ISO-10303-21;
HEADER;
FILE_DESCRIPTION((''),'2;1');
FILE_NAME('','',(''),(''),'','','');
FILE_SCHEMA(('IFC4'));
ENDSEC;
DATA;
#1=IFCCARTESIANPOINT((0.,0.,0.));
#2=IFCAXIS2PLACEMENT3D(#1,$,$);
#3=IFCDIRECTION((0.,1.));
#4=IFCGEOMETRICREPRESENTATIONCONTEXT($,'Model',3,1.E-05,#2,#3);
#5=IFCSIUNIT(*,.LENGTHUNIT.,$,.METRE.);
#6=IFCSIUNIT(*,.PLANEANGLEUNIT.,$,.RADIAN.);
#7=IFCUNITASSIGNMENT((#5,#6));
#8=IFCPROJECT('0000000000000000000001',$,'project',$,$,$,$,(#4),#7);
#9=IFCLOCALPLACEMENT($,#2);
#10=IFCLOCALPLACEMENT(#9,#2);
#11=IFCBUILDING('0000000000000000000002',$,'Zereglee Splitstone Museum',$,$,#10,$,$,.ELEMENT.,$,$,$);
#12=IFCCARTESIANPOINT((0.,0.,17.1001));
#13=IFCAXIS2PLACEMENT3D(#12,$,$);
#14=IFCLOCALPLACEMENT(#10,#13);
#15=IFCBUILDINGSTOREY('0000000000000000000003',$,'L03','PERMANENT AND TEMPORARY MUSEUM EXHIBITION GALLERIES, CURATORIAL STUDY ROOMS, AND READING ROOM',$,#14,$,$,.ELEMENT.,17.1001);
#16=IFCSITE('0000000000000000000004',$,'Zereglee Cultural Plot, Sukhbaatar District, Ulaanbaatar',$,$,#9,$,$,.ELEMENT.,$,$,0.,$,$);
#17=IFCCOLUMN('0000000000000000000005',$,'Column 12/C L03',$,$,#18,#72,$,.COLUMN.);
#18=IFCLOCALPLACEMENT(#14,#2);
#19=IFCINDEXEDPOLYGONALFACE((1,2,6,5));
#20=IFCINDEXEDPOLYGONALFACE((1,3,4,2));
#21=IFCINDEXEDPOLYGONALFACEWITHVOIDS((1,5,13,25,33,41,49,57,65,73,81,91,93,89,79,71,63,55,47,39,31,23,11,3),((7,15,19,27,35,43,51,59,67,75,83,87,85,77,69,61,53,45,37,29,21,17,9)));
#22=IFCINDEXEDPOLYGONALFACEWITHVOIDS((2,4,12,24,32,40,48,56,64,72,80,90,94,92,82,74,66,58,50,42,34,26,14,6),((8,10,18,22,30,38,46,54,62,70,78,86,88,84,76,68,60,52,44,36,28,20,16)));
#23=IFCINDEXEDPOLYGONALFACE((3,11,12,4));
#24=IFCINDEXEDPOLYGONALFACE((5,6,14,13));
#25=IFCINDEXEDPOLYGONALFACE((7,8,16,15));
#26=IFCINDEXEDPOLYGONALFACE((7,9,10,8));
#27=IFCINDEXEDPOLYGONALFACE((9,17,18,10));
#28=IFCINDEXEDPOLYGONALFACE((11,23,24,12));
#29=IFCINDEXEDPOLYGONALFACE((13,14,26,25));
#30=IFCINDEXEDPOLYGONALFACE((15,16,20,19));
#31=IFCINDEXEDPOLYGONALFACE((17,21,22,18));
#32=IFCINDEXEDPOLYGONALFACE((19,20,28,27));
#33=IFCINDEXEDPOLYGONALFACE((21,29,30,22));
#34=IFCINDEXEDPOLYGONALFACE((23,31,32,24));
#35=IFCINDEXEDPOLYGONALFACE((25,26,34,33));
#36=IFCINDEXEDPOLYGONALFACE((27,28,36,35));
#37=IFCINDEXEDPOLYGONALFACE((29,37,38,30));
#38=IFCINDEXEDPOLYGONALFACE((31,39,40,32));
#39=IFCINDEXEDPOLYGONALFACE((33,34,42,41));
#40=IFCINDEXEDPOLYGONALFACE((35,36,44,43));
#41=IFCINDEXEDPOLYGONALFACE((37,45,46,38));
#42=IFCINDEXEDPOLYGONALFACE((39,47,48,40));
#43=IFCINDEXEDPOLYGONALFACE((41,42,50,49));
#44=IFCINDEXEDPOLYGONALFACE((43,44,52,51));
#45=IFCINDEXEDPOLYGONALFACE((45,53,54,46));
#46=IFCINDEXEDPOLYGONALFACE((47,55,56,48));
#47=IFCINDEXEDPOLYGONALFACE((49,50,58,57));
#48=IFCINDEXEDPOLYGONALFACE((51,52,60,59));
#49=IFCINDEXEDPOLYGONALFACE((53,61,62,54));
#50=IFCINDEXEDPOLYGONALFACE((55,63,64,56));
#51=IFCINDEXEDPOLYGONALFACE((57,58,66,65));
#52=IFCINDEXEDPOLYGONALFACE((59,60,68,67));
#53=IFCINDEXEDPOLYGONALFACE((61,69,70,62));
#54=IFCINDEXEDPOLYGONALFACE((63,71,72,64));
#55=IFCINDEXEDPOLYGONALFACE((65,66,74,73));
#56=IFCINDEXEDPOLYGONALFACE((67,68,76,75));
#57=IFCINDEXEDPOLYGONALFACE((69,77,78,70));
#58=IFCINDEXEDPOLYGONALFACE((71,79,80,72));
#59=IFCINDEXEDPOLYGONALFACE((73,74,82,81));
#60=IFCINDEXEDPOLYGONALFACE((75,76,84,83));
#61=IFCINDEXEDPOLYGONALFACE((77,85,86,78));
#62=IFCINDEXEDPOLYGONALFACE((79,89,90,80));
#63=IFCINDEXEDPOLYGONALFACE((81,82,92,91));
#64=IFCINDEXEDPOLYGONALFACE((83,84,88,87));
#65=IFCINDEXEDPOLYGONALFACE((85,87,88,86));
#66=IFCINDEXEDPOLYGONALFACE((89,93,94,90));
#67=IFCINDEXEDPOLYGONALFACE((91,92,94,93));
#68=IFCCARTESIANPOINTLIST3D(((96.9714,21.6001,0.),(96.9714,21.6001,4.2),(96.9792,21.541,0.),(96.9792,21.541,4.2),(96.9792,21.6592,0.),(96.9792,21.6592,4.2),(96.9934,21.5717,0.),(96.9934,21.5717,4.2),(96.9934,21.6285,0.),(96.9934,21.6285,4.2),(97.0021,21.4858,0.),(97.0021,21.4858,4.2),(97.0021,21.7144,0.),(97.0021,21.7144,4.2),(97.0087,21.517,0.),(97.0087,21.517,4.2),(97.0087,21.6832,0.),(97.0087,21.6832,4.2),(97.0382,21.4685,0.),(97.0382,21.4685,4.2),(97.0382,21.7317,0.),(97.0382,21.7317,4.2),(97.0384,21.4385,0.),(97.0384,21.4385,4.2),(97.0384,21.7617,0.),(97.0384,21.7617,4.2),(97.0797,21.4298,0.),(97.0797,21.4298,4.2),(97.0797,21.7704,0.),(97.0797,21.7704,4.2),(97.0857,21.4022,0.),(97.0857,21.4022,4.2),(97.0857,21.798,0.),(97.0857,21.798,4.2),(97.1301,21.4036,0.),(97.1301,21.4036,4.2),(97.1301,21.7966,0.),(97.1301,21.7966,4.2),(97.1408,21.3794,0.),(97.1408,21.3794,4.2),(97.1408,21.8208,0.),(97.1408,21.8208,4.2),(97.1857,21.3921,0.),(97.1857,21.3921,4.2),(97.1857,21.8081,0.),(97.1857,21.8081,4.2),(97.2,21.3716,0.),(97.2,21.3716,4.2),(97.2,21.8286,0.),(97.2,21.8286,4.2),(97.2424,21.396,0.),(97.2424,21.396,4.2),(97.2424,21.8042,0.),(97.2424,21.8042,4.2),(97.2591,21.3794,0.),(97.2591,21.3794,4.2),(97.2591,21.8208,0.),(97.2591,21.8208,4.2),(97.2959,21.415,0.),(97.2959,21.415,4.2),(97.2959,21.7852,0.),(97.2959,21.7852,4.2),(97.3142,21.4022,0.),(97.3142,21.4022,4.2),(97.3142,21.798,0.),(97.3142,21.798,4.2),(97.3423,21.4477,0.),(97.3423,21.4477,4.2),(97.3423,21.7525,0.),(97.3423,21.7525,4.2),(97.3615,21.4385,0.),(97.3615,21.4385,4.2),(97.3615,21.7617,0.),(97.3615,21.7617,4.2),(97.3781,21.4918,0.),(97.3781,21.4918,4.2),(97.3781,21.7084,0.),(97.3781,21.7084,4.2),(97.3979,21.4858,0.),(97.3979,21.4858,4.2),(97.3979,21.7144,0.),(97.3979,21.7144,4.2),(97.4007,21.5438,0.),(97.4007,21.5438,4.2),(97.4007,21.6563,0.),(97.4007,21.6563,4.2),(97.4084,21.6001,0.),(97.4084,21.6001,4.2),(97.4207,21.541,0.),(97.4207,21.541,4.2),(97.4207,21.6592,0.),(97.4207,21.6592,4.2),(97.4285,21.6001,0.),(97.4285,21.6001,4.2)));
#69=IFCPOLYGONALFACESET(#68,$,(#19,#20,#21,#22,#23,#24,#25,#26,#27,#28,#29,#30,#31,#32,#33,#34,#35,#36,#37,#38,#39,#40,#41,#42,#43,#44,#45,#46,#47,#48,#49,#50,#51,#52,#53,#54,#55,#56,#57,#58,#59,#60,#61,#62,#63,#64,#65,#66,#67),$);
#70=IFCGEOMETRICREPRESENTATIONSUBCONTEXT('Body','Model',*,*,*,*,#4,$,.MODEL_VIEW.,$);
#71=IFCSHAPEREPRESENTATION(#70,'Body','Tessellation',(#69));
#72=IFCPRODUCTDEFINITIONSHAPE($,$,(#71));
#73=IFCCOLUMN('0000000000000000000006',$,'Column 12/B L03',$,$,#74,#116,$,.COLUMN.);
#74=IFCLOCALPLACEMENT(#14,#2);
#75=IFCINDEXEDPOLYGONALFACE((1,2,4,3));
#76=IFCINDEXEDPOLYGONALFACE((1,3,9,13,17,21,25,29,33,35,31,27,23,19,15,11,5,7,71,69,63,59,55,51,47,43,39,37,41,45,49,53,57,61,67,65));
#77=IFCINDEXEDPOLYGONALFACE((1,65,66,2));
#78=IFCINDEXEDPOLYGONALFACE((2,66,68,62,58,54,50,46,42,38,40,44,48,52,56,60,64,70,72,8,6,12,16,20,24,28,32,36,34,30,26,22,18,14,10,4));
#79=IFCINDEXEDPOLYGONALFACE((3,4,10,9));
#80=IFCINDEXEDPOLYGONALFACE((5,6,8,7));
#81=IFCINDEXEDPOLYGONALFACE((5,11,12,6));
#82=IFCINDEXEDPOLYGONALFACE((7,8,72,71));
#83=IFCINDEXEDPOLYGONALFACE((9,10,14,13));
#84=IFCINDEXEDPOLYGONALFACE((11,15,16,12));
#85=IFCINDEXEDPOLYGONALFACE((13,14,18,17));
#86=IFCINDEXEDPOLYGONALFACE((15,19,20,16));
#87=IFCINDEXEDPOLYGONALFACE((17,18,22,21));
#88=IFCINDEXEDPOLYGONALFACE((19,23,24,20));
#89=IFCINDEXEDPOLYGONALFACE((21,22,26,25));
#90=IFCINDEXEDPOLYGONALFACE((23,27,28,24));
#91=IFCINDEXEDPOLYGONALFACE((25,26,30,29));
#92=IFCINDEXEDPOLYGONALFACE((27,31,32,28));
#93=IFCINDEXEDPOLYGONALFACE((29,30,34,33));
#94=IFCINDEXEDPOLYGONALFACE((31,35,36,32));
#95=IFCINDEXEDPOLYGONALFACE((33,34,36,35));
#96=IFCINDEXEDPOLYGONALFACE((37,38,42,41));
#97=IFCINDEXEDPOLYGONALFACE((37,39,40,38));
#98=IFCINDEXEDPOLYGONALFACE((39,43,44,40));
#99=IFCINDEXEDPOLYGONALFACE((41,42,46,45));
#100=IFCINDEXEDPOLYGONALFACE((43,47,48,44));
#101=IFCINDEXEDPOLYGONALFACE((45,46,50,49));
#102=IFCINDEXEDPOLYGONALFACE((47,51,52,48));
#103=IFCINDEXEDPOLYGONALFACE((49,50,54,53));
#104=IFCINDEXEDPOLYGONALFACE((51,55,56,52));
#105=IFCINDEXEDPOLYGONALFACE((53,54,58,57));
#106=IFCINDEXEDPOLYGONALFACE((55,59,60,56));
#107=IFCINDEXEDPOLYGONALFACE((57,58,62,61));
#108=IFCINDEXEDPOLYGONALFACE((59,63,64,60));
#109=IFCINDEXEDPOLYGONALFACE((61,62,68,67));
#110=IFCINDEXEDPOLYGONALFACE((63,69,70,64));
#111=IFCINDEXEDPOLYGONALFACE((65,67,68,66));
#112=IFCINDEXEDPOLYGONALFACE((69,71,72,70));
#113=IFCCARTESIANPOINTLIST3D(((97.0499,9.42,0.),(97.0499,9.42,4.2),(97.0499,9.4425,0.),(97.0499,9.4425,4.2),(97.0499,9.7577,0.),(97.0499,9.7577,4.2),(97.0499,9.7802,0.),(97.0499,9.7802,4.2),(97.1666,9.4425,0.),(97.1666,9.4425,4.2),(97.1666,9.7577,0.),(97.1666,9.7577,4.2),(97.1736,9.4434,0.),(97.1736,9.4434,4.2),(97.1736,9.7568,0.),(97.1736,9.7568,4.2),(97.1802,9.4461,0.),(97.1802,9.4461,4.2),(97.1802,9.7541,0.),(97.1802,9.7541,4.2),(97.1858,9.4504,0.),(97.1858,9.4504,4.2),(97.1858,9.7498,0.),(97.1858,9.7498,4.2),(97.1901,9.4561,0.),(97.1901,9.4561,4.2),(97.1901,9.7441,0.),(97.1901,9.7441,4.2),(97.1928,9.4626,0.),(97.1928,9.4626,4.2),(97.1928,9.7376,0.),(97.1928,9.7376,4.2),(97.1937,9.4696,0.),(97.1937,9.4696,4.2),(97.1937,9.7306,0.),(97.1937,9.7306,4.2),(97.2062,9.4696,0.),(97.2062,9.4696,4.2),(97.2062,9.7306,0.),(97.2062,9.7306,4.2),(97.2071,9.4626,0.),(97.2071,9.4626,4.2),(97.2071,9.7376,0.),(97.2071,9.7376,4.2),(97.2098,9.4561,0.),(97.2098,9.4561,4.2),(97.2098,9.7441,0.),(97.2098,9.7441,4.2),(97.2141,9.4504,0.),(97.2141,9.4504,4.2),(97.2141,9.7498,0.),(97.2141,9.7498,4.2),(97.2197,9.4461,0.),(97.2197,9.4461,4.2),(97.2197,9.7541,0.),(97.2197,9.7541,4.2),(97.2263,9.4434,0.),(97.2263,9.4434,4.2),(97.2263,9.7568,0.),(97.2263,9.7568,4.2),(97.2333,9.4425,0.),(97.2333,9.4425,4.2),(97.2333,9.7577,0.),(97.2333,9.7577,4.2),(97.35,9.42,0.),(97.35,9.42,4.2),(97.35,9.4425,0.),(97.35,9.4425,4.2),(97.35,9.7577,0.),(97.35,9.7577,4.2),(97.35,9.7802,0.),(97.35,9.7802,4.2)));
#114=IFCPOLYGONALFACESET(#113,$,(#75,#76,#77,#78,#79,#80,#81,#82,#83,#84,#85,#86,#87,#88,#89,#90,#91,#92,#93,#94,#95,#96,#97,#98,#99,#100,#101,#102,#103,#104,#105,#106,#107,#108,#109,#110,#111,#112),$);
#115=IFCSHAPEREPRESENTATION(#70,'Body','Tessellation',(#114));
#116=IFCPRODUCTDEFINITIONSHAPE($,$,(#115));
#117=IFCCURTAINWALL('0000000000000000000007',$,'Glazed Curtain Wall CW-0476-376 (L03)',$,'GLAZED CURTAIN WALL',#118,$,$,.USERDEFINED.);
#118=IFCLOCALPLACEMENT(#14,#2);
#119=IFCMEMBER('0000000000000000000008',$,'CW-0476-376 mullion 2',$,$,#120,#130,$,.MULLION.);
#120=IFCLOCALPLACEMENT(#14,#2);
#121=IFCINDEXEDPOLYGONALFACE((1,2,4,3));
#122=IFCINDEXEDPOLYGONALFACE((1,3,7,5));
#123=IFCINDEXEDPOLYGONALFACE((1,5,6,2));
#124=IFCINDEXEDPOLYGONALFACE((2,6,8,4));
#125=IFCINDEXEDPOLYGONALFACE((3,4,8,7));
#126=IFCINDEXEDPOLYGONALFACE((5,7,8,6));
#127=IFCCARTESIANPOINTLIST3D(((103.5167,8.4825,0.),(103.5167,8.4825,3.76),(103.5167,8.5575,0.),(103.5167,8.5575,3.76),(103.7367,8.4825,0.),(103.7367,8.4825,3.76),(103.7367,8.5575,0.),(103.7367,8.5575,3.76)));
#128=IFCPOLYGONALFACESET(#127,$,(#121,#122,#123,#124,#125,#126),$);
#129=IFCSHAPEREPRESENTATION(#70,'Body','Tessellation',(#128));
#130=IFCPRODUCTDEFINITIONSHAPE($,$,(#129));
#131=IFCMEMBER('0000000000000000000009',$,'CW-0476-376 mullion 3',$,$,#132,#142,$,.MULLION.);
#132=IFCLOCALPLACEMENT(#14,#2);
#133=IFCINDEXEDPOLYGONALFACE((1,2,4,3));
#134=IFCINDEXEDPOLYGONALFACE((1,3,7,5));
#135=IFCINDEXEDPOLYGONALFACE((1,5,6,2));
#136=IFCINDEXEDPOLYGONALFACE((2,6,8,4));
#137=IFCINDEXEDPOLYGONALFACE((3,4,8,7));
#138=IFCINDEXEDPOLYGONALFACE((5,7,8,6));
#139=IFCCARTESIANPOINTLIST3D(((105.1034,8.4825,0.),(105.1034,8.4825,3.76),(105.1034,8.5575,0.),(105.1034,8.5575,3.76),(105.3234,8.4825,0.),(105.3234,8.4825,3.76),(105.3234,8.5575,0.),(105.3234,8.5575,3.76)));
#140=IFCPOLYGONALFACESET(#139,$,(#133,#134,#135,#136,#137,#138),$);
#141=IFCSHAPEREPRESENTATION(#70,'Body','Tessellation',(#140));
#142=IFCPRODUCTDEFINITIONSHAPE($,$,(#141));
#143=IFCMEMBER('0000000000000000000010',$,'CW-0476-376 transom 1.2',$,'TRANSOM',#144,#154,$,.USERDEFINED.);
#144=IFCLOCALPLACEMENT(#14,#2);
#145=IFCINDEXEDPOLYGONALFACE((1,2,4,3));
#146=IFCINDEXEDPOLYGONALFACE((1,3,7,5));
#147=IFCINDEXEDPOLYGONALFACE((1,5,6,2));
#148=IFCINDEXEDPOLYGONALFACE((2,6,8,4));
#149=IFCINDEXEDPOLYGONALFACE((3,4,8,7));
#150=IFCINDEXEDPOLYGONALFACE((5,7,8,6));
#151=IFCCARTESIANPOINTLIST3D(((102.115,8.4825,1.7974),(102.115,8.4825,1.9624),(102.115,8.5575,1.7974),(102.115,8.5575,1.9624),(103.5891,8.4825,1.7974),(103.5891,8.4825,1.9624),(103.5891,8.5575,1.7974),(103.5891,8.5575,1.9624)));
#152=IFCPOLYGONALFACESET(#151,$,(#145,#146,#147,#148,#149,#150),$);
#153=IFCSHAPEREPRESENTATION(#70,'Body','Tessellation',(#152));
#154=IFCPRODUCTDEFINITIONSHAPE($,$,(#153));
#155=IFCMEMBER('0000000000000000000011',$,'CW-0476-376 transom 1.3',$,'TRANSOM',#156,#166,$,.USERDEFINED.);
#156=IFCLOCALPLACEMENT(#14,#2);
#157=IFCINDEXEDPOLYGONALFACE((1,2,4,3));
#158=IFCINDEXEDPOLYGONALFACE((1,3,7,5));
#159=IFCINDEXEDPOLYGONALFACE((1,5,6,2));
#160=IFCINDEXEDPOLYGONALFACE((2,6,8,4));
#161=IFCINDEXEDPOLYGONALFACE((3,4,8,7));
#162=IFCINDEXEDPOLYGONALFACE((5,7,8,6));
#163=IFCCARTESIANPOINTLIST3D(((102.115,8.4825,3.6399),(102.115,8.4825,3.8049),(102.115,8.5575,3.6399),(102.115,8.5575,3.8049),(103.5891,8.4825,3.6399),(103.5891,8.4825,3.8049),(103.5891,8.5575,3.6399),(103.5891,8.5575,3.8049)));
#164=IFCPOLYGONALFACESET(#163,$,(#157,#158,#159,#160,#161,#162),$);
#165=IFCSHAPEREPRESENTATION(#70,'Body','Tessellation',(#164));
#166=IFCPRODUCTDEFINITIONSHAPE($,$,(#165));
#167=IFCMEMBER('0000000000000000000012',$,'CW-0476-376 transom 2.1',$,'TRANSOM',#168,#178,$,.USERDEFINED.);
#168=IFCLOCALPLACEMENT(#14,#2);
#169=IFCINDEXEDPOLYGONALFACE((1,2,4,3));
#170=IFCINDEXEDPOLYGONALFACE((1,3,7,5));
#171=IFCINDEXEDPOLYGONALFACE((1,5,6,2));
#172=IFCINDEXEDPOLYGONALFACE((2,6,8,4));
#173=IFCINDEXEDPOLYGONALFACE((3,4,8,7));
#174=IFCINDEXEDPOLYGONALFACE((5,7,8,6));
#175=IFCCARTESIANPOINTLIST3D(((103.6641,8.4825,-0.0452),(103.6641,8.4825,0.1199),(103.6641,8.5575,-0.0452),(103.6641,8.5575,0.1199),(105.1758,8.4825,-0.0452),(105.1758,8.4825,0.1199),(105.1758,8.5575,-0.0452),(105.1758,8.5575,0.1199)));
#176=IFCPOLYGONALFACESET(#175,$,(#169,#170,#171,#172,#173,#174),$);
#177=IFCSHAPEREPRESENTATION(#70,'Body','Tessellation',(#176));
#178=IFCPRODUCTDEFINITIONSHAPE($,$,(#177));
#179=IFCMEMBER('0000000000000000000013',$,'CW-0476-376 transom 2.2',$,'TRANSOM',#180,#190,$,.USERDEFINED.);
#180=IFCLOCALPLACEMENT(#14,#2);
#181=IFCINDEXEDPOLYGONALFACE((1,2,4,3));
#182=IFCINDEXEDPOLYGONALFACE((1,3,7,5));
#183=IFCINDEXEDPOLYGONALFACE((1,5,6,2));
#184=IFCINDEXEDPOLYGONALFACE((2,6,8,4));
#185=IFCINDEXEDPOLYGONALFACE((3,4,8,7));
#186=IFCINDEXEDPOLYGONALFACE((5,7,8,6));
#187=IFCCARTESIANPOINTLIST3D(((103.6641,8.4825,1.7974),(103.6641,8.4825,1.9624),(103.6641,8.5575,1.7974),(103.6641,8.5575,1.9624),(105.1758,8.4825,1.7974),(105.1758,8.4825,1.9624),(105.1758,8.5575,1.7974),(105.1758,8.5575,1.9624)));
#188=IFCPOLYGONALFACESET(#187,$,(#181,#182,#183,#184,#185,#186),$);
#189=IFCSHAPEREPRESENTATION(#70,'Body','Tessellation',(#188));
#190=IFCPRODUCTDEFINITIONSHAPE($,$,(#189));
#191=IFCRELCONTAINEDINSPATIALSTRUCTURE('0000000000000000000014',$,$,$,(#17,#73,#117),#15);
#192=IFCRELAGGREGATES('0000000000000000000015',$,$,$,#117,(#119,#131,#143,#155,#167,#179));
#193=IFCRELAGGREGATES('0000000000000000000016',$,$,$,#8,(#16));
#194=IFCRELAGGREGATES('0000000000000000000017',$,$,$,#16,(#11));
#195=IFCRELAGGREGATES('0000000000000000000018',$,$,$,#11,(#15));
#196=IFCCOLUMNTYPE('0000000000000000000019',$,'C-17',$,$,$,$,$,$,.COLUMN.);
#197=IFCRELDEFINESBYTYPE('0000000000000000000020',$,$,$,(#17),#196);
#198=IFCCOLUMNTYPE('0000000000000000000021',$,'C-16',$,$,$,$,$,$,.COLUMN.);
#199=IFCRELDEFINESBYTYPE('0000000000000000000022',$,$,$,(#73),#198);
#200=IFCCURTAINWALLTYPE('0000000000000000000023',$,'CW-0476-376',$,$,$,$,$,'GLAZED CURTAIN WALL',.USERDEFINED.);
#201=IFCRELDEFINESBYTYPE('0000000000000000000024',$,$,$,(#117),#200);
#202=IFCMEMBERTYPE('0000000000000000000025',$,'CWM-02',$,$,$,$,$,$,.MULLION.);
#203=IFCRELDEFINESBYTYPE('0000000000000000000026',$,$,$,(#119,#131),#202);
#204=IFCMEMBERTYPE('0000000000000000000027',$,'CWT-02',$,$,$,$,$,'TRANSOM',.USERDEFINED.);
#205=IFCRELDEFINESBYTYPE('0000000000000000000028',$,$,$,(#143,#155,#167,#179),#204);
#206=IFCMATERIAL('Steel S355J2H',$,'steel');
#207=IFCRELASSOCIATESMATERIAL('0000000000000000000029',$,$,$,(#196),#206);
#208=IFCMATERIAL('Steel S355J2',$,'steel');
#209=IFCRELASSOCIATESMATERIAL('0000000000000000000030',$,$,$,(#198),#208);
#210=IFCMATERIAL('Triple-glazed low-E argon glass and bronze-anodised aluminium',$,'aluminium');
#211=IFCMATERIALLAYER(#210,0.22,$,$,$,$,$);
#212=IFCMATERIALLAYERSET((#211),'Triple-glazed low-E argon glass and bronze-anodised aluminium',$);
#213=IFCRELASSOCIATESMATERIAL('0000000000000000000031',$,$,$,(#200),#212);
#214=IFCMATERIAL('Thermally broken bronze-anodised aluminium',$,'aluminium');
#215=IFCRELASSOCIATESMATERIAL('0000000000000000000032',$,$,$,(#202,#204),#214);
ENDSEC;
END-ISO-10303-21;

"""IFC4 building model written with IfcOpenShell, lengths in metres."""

from ifc_helpers import new_model, si_unit, direction, frame, origin, origin_2d, place, context, subcontext, project, spatial, rectangle, hollow_circle, i_section, extrude, material, layer, layer_set, material_profile, profile_set, type_object, element, aggregate, save


model = new_model("IFC4")

# Units and contexts
model_context = context("Model", 3, precision=1e-05, world=origin(), true_north=direction((0.0, 1.0)))
body_context = subcontext(model_context, "Body", "Model", "MODEL_VIEW")
ifc_project = project(units=[si_unit("LENGTHUNIT", "METRE"), si_unit("PLANEANGLEUNIT", "RADIAN")], contexts=[model_context])

# Site, building, storey
site_placement = place(None, origin())
site = spatial("IfcSite", under=ifc_project, at=site_placement, Name="Zereglee Cultural Plot, Sukhbaatar District, Ulaanbaatar", CompositionType="ELEMENT", RefElevation=0.0)
building_placement = place(site_placement, origin())
building = spatial("IfcBuilding", under=site, at=building_placement, Name="Zereglee Splitstone Museum", CompositionType="ELEMENT")
storey_placement = place(building_placement, frame((0.0, 0.0, 17.1001)))
storey = spatial("IfcBuildingStorey", under=building, at=storey_placement, Name="L03", Description="PERMANENT AND TEMPORARY MUSEUM EXHIBITION GALLERIES, CURATORIAL STUDY ROOMS, AND READING ROOM", CompositionType="ELEMENT", Elevation=17.1001)

# Columns
ifc_material_1 = material(Name="Steel S355J2H", Category="steel")
ifc_material_profile_1 = material_profile(ifc_material_1, hollow_circle(Radius=0.2285, WallThickness=0.02, at=origin_2d()), Name="CHS 457.0x20")
ifc_profile_set_1 = profile_set([ifc_material_profile_1], Name="Steel S355J2H")
column_type_1 = type_object("IfcColumnType", Name="C-17", PredefinedType="COLUMN", material=ifc_profile_set_1)
column_1_placement = place(storey_placement, frame((97.2, 21.6001, 0.0), z_axis=(0.0, 0.0, 1.0), x_axis=(1.0, 0.0, 0.0)))
element("IfcColumn", 1, at=column_1_placement, inside=storey, type_object=column_type_1, Name="Column 12/C L03", PredefinedType="COLUMN", context=body_context, shape_type="SweptSolid", body=[
    extrude(hollow_circle(Radius=0.2285, WallThickness=0.02, at=origin_2d()), origin(), (0.0, 0.0, 1.0), 4.2),
])
ifc_material_2 = material(Name="Steel S355J2", Category="steel")
ifc_material_profile_2 = material_profile(ifc_material_2, i_section(OverallWidth=0.3, OverallDepth=0.3601, WebThickness=0.0125, FlangeThickness=0.0225, FilletRadius=0.0271, at=origin_2d()), Name="HE 360 B")
ifc_profile_set_2 = profile_set([ifc_material_profile_2], Name="Steel S355J2")
column_type_2 = type_object("IfcColumnType", Name="C-16", PredefinedType="COLUMN", material=ifc_profile_set_2)
column_2_placement = place(storey_placement, frame((97.2, 9.6001, 0.0), z_axis=(0.0, 0.0, 1.0), x_axis=(1.0, 0.0, 0.0)))
element("IfcColumn", 2, at=column_2_placement, inside=storey, type_object=column_type_2, Name="Column 12/B L03", PredefinedType="COLUMN", context=body_context, shape_type="SweptSolid", body=[
    extrude(i_section(OverallWidth=0.3, OverallDepth=0.3601, WebThickness=0.0125, FlangeThickness=0.0225, FilletRadius=0.0271, at=origin_2d()), origin(), (0.0, 0.0, 1.0), 4.2),
])

# Curtain wall, members
ifc_material_3 = material(Name="Triple-glazed low-E argon glass and bronze-anodised aluminium", Category="aluminium")
ifc_layer_1 = layer(ifc_material_3, 0.22)
ifc_layer_set_1 = layer_set([ifc_layer_1], Name="Triple-glazed low-E argon glass and bronze-anodised aluminium")
curtain_wall_type = type_object("IfcCurtainWallType", Name="CW-0476-376", ElementType="GLAZED CURTAIN WALL", PredefinedType="USERDEFINED", material=ifc_layer_set_1)
curtain_wall_placement = place(storey_placement, origin())
curtain_wall = element("IfcCurtainWall", 3, at=curtain_wall_placement, inside=storey, type_object=curtain_wall_type, Name="Glazed Curtain Wall CW-0476-376 (L03)", ObjectType="GLAZED CURTAIN WALL", PredefinedType="USERDEFINED")
ifc_material_4 = material(Name="Thermally broken bronze-anodised aluminium", Category="aluminium")
ifc_material_profile_3 = material_profile(ifc_material_4, rectangle(XDim=0.075, YDim=0.22, at=origin_2d()), Name="CW MULL 75x220")
ifc_profile_set_3 = profile_set([ifc_material_profile_3], Name="Thermally broken bronze-anodised aluminium")
member_type_1 = type_object("IfcMemberType", Name="CWM-02", PredefinedType="MULLION", material=ifc_profile_set_3)
member_1_placement = place(storey_placement, frame((103.6267, 8.52, 0.0), z_axis=(0.0, 0.0, 1.0), x_axis=(0.0, 1.0, 0.0)))
member_1 = element("IfcMember", 4, at=member_1_placement, type_object=member_type_1, Name="CW-0476-376 mullion 2", PredefinedType="MULLION", context=body_context, shape_type="SweptSolid", body=[
    extrude(rectangle(XDim=0.075, YDim=0.22, at=origin_2d()), origin(), (0.0, 0.0, 1.0), 3.76),
])
member_2_placement = place(storey_placement, frame((105.2134, 8.52, 0.0), z_axis=(0.0, 0.0, 1.0), x_axis=(0.0, 1.0, 0.0)))
member_2 = element("IfcMember", 5, at=member_2_placement, type_object=member_type_1, Name="CW-0476-376 mullion 3", PredefinedType="MULLION", context=body_context, shape_type="SweptSolid", body=[
    extrude(rectangle(XDim=0.075, YDim=0.22, at=origin_2d()), origin(), (0.0, 0.0, 1.0), 3.76),
])
ifc_material_profile_4 = material_profile(ifc_material_4, rectangle(XDim=0.075, YDim=0.165, at=origin_2d()), Name="CW TRAN 75x165")
ifc_profile_set_4 = profile_set([ifc_material_profile_4], Name="Thermally broken bronze-anodised aluminium")
member_type_2 = type_object("IfcMemberType", Name="CWT-02", ElementType="TRANSOM", PredefinedType="USERDEFINED", material=ifc_profile_set_4)
member_3_placement = place(storey_placement, frame((102.115, 8.52, 1.8799), z_axis=(1.0, 0.0, 0.0), x_axis=(0.0, 1.0, 0.0)))
member_3 = element("IfcMember", 6, at=member_3_placement, type_object=member_type_2, Name="CW-0476-376 transom 1.2", ObjectType="TRANSOM", PredefinedType="USERDEFINED", context=body_context, shape_type="SweptSolid", body=[
    extrude(rectangle(XDim=0.075, YDim=0.165, at=origin_2d()), origin(), (0.0, 0.0, 1.0), 1.4741),
])
member_4_placement = place(storey_placement, frame((102.115, 8.52, 3.7224), z_axis=(1.0, 0.0, 0.0), x_axis=(0.0, 1.0, 0.0)))
member_4 = element("IfcMember", 7, at=member_4_placement, type_object=member_type_2, Name="CW-0476-376 transom 1.3", ObjectType="TRANSOM", PredefinedType="USERDEFINED", context=body_context, shape_type="SweptSolid", body=[
    extrude(rectangle(XDim=0.075, YDim=0.165, at=origin_2d()), origin(), (0.0, 0.0, 1.0), 1.4741),
])
member_5_placement = place(storey_placement, frame((103.6641, 8.52, 0.0374), z_axis=(1.0, 0.0, 0.0), x_axis=(0.0, 1.0, 0.0)))
member_5 = element("IfcMember", 8, at=member_5_placement, type_object=member_type_2, Name="CW-0476-376 transom 2.1", ObjectType="TRANSOM", PredefinedType="USERDEFINED", context=body_context, shape_type="SweptSolid", body=[
    extrude(rectangle(XDim=0.075, YDim=0.165, at=origin_2d()), origin(), (0.0, 0.0, 1.0), 1.5117),
])
member_6_placement = place(storey_placement, frame((103.6641, 8.52, 1.8799), z_axis=(1.0, 0.0, 0.0), x_axis=(0.0, 1.0, 0.0)))
member_6 = element("IfcMember", 9, at=member_6_placement, type_object=member_type_2, Name="CW-0476-376 transom 2.2", ObjectType="TRANSOM", PredefinedType="USERDEFINED", context=body_context, shape_type="SweptSolid", body=[
    extrude(rectangle(XDim=0.075, YDim=0.165, at=origin_2d()), origin(), (0.0, 0.0, 1.0), 1.5117),
])

aggregate(curtain_wall, [member_1, member_2, member_3, member_4, member_5, member_6])

save(model, "model.ifc")
